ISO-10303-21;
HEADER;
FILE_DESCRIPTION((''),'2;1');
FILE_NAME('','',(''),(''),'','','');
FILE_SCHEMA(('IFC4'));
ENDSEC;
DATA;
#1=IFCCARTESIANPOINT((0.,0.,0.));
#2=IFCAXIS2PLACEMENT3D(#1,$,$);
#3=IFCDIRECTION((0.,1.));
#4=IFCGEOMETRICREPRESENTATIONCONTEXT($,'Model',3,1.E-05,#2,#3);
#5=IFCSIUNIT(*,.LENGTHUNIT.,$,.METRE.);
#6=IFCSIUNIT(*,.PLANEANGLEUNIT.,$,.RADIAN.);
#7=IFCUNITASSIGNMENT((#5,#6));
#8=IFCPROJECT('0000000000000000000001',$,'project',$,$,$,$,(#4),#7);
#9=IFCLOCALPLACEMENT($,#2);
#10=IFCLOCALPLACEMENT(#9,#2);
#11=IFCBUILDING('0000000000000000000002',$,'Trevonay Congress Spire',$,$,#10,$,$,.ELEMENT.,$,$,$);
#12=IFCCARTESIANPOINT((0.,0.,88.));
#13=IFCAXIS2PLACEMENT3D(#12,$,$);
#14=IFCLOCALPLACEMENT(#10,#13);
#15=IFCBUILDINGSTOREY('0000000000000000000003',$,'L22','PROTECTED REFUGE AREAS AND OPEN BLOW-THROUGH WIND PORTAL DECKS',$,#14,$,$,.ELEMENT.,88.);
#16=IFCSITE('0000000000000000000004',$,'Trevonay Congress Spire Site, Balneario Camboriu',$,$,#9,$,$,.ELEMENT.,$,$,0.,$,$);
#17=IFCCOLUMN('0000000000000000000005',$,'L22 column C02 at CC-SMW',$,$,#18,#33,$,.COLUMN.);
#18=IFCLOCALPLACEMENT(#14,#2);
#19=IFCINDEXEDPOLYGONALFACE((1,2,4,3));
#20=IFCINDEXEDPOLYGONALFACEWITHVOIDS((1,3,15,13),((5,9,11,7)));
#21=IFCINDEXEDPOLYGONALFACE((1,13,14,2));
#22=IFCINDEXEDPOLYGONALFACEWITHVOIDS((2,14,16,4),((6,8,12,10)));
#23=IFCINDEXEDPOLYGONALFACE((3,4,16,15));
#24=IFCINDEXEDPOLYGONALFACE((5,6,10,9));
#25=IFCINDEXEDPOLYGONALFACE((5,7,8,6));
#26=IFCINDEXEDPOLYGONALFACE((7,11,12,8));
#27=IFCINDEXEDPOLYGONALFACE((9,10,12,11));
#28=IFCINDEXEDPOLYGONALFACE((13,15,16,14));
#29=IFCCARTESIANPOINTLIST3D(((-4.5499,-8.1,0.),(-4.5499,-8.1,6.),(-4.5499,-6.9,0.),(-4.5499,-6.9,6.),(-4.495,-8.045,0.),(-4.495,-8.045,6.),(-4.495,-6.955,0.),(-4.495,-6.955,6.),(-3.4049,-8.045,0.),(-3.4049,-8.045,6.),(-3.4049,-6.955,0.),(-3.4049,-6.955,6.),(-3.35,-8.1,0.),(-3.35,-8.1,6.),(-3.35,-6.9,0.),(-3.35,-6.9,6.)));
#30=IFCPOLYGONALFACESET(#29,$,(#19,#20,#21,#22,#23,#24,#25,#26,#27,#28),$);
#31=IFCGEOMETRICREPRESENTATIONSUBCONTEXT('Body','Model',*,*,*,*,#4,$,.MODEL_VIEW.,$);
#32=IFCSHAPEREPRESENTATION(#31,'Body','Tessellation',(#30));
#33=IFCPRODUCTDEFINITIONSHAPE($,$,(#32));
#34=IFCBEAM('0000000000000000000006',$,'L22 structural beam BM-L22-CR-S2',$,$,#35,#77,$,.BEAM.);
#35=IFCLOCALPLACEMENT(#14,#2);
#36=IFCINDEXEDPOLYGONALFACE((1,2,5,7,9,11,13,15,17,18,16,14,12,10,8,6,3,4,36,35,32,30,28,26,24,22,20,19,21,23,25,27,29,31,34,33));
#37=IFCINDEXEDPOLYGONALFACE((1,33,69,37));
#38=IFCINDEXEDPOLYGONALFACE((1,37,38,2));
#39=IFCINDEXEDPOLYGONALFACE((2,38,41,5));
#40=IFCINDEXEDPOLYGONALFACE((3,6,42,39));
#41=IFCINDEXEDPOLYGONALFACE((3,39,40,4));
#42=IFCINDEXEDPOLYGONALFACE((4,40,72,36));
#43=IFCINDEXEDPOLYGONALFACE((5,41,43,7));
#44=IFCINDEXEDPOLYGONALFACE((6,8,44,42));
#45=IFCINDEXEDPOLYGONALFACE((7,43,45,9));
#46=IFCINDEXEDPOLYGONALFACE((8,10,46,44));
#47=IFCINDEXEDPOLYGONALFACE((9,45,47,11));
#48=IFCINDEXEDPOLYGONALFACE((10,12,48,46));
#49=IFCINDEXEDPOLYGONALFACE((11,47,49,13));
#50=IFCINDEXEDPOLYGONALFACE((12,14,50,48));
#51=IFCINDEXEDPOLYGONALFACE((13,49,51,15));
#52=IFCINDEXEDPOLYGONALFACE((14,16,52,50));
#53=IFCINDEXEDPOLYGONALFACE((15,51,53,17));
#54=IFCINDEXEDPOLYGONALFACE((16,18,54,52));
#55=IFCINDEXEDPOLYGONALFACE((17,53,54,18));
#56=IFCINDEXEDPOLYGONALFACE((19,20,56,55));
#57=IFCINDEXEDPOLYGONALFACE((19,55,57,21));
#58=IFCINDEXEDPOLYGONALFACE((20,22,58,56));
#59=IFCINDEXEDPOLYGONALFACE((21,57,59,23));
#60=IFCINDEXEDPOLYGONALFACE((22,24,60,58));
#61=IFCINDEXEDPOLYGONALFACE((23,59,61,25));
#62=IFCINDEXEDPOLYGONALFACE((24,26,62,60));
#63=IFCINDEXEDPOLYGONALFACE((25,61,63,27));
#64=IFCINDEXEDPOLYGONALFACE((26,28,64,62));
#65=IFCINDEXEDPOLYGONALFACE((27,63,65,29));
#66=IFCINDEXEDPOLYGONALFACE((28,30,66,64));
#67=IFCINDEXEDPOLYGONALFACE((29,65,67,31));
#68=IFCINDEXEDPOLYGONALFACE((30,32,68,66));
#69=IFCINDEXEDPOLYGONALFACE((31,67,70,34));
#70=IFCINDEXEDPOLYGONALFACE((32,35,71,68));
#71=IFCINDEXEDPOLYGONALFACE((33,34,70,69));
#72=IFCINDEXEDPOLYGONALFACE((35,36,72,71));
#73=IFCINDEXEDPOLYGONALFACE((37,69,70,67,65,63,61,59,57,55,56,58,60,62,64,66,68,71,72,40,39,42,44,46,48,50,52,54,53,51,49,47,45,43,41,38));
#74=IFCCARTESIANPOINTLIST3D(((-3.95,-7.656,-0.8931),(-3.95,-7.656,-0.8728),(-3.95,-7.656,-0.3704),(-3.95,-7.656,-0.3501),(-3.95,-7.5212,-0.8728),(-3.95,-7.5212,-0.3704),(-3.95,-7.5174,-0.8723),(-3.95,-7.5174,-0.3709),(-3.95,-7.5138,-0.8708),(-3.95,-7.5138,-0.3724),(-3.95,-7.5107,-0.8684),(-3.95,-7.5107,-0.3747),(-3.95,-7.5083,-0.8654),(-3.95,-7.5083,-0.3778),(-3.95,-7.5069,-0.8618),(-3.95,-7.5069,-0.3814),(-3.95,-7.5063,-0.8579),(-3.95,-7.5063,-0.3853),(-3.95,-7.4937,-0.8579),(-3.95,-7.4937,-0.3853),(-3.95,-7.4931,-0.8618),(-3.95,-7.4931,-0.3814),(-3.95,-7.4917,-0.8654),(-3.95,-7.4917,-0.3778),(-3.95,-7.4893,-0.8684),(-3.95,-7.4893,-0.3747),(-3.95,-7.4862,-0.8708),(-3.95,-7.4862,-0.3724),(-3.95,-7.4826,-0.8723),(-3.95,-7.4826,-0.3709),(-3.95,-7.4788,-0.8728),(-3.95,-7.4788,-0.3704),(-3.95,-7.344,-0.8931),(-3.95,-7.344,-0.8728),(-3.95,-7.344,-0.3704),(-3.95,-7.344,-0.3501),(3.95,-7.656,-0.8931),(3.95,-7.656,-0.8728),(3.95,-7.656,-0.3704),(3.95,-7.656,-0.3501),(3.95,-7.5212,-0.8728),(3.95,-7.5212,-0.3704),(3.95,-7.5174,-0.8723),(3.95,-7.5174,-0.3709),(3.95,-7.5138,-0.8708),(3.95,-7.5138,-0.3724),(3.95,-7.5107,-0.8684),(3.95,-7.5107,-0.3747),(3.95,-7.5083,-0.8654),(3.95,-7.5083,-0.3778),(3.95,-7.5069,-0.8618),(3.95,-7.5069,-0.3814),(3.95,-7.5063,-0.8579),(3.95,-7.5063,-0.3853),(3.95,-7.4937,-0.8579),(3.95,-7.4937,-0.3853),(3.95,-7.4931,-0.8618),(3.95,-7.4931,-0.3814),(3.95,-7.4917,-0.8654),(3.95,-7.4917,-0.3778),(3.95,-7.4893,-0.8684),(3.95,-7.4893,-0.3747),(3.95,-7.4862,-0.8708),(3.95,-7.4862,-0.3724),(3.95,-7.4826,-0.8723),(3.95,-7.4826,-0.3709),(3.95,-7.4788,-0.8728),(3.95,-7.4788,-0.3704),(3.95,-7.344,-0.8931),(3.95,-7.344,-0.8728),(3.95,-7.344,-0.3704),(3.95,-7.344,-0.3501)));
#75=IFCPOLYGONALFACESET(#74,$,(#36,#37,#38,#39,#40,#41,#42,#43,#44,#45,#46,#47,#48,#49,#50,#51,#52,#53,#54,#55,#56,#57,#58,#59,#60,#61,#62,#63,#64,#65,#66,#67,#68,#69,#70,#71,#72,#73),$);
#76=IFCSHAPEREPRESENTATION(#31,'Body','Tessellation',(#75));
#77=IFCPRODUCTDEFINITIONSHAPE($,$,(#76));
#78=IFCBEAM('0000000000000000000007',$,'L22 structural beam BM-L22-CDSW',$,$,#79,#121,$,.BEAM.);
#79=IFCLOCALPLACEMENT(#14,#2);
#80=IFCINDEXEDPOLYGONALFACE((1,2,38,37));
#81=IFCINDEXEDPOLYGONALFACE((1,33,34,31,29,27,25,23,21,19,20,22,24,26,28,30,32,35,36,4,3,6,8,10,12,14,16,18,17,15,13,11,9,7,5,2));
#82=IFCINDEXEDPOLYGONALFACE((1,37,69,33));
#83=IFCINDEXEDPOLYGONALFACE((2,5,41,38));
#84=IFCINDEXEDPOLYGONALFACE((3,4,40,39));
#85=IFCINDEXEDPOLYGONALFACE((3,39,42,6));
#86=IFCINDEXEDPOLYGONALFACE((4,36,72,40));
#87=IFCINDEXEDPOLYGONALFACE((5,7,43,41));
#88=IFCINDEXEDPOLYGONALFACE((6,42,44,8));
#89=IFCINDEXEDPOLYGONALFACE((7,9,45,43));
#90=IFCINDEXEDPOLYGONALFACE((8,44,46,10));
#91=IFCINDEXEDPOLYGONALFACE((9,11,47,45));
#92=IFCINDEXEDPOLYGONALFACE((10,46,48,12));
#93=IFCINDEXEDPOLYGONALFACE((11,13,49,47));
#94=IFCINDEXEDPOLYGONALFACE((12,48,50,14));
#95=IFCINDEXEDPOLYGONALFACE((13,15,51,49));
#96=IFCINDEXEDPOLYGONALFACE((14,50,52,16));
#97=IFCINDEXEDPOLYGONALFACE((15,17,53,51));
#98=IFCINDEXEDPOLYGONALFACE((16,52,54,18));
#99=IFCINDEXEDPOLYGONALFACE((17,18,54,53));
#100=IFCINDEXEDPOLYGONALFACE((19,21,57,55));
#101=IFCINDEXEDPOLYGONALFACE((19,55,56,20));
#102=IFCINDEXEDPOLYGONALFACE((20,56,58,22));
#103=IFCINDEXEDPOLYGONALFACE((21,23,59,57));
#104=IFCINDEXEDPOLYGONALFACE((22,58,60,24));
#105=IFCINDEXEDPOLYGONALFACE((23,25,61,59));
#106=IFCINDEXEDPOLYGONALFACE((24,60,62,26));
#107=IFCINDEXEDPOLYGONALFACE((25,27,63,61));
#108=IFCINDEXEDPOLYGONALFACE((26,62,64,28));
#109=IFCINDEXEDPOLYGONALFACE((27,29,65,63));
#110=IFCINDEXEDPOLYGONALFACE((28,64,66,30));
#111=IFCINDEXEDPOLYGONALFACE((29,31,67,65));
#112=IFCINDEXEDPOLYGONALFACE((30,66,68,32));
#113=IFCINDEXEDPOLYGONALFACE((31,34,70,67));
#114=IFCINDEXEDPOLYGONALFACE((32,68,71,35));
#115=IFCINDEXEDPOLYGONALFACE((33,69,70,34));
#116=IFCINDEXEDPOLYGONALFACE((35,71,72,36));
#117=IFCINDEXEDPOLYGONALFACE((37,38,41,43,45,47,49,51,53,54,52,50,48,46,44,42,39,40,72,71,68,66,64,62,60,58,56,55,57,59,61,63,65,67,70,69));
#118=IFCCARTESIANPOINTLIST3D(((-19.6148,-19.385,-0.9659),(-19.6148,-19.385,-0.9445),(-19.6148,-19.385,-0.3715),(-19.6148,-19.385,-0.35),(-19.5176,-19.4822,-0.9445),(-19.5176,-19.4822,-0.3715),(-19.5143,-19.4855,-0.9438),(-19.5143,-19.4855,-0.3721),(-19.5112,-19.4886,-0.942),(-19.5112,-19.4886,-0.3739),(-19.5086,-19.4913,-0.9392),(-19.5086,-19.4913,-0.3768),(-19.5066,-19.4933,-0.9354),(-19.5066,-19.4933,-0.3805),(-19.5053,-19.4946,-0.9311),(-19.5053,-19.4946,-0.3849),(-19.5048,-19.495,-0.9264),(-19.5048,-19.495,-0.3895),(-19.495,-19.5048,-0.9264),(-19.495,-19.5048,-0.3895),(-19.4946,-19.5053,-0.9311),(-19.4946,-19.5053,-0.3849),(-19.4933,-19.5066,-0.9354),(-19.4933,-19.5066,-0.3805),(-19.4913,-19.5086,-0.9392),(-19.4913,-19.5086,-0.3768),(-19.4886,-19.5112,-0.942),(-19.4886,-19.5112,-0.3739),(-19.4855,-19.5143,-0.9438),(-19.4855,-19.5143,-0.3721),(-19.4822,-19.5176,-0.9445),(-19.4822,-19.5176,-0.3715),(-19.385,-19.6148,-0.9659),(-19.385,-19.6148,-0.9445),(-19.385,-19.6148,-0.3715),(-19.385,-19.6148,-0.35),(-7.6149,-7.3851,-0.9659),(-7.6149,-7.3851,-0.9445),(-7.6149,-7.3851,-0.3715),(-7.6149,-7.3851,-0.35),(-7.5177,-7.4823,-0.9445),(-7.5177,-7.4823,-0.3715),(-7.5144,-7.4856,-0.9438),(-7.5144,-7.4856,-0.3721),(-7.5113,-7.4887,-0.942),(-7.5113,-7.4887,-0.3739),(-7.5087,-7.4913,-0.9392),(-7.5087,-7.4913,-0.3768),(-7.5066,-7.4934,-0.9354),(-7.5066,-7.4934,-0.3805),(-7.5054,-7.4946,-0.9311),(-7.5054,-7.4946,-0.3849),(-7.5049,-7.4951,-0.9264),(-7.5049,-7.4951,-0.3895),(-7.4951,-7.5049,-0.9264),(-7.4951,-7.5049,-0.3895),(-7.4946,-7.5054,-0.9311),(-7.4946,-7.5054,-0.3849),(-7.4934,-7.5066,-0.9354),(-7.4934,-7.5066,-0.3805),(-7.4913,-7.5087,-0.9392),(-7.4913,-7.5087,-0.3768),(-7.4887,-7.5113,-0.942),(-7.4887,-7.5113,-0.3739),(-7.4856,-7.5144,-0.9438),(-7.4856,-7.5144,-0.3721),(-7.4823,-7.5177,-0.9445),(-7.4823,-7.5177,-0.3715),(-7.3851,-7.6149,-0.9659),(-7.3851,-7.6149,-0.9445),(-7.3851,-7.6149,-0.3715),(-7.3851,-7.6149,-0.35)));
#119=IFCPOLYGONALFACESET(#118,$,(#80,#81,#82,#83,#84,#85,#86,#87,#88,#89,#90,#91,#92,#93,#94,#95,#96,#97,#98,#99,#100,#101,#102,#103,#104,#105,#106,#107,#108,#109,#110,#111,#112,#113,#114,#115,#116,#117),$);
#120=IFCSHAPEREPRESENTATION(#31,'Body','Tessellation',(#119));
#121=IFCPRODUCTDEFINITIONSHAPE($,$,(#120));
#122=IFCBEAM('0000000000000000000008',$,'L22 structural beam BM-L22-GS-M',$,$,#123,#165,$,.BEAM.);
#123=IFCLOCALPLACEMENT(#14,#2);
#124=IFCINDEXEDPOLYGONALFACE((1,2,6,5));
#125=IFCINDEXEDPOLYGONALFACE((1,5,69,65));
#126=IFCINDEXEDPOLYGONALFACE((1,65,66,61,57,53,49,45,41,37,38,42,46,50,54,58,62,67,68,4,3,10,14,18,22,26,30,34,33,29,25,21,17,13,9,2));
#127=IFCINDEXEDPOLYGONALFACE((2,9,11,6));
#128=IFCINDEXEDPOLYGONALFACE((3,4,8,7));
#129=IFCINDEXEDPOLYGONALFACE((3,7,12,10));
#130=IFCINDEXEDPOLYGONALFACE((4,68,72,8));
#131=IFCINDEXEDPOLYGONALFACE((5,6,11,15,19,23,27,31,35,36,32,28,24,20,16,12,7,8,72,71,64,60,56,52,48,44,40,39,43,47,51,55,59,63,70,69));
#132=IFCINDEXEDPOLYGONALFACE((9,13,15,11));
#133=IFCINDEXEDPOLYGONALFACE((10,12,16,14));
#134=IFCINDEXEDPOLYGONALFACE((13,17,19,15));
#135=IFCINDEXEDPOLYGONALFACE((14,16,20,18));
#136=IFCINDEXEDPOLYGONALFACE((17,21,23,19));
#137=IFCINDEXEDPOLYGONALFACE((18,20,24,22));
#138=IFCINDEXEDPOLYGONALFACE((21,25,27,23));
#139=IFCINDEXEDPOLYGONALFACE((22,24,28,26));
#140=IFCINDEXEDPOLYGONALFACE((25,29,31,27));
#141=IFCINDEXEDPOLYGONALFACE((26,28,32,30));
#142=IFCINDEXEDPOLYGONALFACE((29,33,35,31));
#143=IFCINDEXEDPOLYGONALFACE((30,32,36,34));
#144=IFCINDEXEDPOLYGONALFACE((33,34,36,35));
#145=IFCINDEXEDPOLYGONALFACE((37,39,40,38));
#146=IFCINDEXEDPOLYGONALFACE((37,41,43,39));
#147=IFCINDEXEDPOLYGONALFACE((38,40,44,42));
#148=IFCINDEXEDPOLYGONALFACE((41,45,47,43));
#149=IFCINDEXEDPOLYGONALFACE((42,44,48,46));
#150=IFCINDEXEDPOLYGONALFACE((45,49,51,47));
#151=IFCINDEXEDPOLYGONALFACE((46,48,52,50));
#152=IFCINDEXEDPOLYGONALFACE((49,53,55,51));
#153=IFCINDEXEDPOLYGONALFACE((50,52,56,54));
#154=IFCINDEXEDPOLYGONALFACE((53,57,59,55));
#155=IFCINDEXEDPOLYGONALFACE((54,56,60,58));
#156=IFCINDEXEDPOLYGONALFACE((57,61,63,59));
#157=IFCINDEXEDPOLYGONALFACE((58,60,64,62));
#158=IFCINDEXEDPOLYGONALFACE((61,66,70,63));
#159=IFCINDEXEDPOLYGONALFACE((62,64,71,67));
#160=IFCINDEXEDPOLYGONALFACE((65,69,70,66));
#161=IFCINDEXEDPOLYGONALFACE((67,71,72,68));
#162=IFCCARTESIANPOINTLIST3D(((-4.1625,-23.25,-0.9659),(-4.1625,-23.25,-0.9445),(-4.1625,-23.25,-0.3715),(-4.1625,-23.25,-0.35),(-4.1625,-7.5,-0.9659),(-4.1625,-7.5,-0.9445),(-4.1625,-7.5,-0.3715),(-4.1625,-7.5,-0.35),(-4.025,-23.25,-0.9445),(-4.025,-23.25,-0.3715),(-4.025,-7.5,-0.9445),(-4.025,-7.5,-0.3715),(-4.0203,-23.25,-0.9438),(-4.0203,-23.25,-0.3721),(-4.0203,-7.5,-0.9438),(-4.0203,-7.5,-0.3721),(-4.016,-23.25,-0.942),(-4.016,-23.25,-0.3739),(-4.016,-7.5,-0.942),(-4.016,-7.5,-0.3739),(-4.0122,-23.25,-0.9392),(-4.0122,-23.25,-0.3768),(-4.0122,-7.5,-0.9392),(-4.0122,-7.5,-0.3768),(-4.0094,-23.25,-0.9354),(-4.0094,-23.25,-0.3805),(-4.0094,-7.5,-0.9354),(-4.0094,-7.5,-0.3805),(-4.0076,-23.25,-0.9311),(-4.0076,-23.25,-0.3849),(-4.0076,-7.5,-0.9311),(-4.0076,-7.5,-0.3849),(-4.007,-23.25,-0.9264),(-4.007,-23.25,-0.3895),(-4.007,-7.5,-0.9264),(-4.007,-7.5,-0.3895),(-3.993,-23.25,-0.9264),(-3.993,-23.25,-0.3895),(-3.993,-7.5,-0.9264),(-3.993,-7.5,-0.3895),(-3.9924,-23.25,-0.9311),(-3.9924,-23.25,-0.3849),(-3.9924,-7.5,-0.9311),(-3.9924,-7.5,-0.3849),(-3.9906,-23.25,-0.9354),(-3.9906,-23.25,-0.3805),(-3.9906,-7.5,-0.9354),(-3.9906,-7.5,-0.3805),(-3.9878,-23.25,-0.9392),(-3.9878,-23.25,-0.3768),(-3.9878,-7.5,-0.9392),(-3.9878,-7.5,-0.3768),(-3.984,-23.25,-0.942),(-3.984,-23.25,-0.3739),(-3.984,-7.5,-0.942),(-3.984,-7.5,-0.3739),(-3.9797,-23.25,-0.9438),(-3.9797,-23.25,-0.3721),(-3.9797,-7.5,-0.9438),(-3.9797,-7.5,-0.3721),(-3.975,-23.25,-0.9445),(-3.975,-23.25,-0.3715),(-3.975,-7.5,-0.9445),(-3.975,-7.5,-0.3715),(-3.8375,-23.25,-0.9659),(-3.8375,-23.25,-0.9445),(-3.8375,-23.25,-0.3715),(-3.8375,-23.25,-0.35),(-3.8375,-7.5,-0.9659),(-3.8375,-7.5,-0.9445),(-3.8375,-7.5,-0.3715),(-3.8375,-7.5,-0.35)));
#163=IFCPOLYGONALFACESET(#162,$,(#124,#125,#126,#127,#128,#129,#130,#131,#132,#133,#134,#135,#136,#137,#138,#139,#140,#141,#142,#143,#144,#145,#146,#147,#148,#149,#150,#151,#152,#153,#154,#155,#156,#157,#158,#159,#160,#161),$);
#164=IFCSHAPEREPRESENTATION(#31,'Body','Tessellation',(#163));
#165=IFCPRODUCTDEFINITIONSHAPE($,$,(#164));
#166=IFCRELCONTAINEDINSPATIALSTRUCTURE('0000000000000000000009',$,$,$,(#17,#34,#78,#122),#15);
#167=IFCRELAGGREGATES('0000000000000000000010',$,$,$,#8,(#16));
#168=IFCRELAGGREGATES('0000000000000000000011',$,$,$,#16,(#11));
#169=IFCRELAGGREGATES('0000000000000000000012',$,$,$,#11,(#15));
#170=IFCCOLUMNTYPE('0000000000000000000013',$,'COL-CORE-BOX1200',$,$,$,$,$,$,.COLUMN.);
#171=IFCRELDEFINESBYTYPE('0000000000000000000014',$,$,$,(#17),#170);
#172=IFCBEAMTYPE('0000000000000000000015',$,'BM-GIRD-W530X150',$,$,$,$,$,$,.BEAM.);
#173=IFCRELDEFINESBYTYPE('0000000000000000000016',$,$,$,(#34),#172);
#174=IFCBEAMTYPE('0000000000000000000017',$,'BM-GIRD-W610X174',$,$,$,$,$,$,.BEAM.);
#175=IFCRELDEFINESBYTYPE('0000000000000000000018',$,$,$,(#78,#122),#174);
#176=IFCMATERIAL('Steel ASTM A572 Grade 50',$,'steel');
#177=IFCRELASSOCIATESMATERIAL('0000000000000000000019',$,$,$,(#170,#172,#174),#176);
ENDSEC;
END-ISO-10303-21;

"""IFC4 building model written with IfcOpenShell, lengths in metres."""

from ifc_helpers import new_model, si_unit, direction, frame, origin, origin_2d, place, context, subcontext, project, spatial, hollow_rectangle, i_section, extrude, material, material_profile, profile_set, type_object, element, save


model = new_model("IFC4")

# Units and contexts
model_context = context("Model", 3, precision=1e-05, world=origin(), true_north=direction((0.0, 1.0)))
body_context = subcontext(model_context, "Body", "Model", "MODEL_VIEW")
ifc_project = project(units=[si_unit("LENGTHUNIT", "METRE"), si_unit("PLANEANGLEUNIT", "RADIAN")], contexts=[model_context])

# Site, building, storey
site_placement = place(None, origin())
site = spatial("IfcSite", under=ifc_project, at=site_placement, Name="Trevonay Congress Spire Site, Balneario Camboriu", CompositionType="ELEMENT", RefElevation=0.0)
building_placement = place(site_placement, origin())
building = spatial("IfcBuilding", under=site, at=building_placement, Name="Trevonay Congress Spire", CompositionType="ELEMENT")
storey_placement = place(building_placement, frame((0.0, 0.0, 88.0)))
storey = spatial("IfcBuildingStorey", under=building, at=storey_placement, Name="L22", Description="PROTECTED REFUGE AREAS AND OPEN BLOW-THROUGH WIND PORTAL DECKS", CompositionType="ELEMENT", Elevation=88.0)

# Column
ifc_material_1 = material(Name="Steel ASTM A572 Grade 50", Category="steel")
ifc_material_profile_1 = material_profile(ifc_material_1, hollow_rectangle(XDim=1.2, YDim=1.2, WallThickness=0.0549, at=origin_2d()), Name="BOX 1200x1200x55")
ifc_profile_set_1 = profile_set([ifc_material_profile_1], Name="Steel ASTM A572 Grade 50")
column_type = type_object("IfcColumnType", Name="COL-CORE-BOX1200", PredefinedType="COLUMN", material=ifc_profile_set_1)
column_placement = place(storey_placement, frame((-3.95, -7.5, 0.0), z_axis=(0.0, 0.0, 1.0), x_axis=(1.0, 0.0, 0.0)))
element("IfcColumn", 1, at=column_placement, inside=storey, type_object=column_type, Name="L22 column C02 at CC-SMW", PredefinedType="COLUMN", context=body_context, shape_type="SweptSolid", body=[
    extrude(hollow_rectangle(XDim=1.2, YDim=1.2, WallThickness=0.0549, at=origin_2d()), origin(), (0.0, 0.0, 1.0), 6.0),
])

# Beams
ifc_material_profile_2 = material_profile(ifc_material_1, i_section(OverallWidth=0.312, OverallDepth=0.543, WebThickness=0.0127, FlangeThickness=0.0203, FilletRadius=0.0149, at=origin_2d()), Name="W530x150")
ifc_profile_set_2 = profile_set([ifc_material_profile_2], Name="Steel ASTM A572 Grade 50")
beam_type_1 = type_object("IfcBeamType", Name="BM-GIRD-W530X150", PredefinedType="BEAM", material=ifc_profile_set_2)
beam_1_placement = place(storey_placement, frame((-3.95, -7.5, -0.6216), z_axis=(1.0, 0.0, 0.0), x_axis=(0.0, 1.0, 0.0)))
element("IfcBeam", 2, at=beam_1_placement, inside=storey, type_object=beam_type_1, Name="L22 structural beam BM-L22-CR-S2", PredefinedType="BEAM", context=body_context, shape_type="SweptSolid", body=[
    extrude(i_section(OverallWidth=0.312, OverallDepth=0.543, WebThickness=0.0127, FlangeThickness=0.0203, FilletRadius=0.0149, at=origin_2d()), origin(), (0.0, 0.0, 1.0), 7.8999),
])
ifc_material_profile_3 = material_profile(ifc_material_1, i_section(OverallWidth=0.325, OverallDepth=0.616, WebThickness=0.0139, FlangeThickness=0.0215, FilletRadius=0.0181, at=origin_2d()), Name="W610x174")
ifc_profile_set_3 = profile_set([ifc_material_profile_3], Name="Steel ASTM A572 Grade 50")
beam_type_2 = type_object("IfcBeamType", Name="BM-GIRD-W610X174", PredefinedType="BEAM", material=ifc_profile_set_3)
beam_2_placement = place(storey_placement, frame((-7.5, -7.5, -0.658), z_axis=(-0.707107, -0.707107, 0.0), x_axis=(0.707107, -0.707107, 0.0)))
element("IfcBeam", 3, at=beam_2_placement, inside=storey, type_object=beam_type_2, Name="L22 structural beam BM-L22-CDSW", PredefinedType="BEAM", context=body_context, shape_type="SweptSolid", body=[
    extrude(i_section(OverallWidth=0.325, OverallDepth=0.616, WebThickness=0.0139, FlangeThickness=0.0215, FilletRadius=0.0181, at=origin_2d()), origin(), (0.0, 0.0, 1.0), 16.9705),
])
for number, where, z_axis, x_axis, name in (
    (4, (-4.0, -7.5, -0.658), (0.0, -1.0, 0.0), (1.0, 0.0, 0.0), "L22 structural beam BM-L22-GS-M"),
):
    element("IfcBeam", number, at=place(storey_placement, frame(where, z_axis=z_axis, x_axis=x_axis)), inside=storey, type_object=beam_type_2, Name=name, PredefinedType="BEAM", context=body_context, shape_type="SweptSolid", body=[
        extrude(i_section(OverallWidth=0.325, OverallDepth=0.616, WebThickness=0.0139, FlangeThickness=0.0215, FilletRadius=0.0181, at=origin_2d()), origin(), (0.0, 0.0, 1.0), 15.75),
    ])

save(model, "model.ifc")
